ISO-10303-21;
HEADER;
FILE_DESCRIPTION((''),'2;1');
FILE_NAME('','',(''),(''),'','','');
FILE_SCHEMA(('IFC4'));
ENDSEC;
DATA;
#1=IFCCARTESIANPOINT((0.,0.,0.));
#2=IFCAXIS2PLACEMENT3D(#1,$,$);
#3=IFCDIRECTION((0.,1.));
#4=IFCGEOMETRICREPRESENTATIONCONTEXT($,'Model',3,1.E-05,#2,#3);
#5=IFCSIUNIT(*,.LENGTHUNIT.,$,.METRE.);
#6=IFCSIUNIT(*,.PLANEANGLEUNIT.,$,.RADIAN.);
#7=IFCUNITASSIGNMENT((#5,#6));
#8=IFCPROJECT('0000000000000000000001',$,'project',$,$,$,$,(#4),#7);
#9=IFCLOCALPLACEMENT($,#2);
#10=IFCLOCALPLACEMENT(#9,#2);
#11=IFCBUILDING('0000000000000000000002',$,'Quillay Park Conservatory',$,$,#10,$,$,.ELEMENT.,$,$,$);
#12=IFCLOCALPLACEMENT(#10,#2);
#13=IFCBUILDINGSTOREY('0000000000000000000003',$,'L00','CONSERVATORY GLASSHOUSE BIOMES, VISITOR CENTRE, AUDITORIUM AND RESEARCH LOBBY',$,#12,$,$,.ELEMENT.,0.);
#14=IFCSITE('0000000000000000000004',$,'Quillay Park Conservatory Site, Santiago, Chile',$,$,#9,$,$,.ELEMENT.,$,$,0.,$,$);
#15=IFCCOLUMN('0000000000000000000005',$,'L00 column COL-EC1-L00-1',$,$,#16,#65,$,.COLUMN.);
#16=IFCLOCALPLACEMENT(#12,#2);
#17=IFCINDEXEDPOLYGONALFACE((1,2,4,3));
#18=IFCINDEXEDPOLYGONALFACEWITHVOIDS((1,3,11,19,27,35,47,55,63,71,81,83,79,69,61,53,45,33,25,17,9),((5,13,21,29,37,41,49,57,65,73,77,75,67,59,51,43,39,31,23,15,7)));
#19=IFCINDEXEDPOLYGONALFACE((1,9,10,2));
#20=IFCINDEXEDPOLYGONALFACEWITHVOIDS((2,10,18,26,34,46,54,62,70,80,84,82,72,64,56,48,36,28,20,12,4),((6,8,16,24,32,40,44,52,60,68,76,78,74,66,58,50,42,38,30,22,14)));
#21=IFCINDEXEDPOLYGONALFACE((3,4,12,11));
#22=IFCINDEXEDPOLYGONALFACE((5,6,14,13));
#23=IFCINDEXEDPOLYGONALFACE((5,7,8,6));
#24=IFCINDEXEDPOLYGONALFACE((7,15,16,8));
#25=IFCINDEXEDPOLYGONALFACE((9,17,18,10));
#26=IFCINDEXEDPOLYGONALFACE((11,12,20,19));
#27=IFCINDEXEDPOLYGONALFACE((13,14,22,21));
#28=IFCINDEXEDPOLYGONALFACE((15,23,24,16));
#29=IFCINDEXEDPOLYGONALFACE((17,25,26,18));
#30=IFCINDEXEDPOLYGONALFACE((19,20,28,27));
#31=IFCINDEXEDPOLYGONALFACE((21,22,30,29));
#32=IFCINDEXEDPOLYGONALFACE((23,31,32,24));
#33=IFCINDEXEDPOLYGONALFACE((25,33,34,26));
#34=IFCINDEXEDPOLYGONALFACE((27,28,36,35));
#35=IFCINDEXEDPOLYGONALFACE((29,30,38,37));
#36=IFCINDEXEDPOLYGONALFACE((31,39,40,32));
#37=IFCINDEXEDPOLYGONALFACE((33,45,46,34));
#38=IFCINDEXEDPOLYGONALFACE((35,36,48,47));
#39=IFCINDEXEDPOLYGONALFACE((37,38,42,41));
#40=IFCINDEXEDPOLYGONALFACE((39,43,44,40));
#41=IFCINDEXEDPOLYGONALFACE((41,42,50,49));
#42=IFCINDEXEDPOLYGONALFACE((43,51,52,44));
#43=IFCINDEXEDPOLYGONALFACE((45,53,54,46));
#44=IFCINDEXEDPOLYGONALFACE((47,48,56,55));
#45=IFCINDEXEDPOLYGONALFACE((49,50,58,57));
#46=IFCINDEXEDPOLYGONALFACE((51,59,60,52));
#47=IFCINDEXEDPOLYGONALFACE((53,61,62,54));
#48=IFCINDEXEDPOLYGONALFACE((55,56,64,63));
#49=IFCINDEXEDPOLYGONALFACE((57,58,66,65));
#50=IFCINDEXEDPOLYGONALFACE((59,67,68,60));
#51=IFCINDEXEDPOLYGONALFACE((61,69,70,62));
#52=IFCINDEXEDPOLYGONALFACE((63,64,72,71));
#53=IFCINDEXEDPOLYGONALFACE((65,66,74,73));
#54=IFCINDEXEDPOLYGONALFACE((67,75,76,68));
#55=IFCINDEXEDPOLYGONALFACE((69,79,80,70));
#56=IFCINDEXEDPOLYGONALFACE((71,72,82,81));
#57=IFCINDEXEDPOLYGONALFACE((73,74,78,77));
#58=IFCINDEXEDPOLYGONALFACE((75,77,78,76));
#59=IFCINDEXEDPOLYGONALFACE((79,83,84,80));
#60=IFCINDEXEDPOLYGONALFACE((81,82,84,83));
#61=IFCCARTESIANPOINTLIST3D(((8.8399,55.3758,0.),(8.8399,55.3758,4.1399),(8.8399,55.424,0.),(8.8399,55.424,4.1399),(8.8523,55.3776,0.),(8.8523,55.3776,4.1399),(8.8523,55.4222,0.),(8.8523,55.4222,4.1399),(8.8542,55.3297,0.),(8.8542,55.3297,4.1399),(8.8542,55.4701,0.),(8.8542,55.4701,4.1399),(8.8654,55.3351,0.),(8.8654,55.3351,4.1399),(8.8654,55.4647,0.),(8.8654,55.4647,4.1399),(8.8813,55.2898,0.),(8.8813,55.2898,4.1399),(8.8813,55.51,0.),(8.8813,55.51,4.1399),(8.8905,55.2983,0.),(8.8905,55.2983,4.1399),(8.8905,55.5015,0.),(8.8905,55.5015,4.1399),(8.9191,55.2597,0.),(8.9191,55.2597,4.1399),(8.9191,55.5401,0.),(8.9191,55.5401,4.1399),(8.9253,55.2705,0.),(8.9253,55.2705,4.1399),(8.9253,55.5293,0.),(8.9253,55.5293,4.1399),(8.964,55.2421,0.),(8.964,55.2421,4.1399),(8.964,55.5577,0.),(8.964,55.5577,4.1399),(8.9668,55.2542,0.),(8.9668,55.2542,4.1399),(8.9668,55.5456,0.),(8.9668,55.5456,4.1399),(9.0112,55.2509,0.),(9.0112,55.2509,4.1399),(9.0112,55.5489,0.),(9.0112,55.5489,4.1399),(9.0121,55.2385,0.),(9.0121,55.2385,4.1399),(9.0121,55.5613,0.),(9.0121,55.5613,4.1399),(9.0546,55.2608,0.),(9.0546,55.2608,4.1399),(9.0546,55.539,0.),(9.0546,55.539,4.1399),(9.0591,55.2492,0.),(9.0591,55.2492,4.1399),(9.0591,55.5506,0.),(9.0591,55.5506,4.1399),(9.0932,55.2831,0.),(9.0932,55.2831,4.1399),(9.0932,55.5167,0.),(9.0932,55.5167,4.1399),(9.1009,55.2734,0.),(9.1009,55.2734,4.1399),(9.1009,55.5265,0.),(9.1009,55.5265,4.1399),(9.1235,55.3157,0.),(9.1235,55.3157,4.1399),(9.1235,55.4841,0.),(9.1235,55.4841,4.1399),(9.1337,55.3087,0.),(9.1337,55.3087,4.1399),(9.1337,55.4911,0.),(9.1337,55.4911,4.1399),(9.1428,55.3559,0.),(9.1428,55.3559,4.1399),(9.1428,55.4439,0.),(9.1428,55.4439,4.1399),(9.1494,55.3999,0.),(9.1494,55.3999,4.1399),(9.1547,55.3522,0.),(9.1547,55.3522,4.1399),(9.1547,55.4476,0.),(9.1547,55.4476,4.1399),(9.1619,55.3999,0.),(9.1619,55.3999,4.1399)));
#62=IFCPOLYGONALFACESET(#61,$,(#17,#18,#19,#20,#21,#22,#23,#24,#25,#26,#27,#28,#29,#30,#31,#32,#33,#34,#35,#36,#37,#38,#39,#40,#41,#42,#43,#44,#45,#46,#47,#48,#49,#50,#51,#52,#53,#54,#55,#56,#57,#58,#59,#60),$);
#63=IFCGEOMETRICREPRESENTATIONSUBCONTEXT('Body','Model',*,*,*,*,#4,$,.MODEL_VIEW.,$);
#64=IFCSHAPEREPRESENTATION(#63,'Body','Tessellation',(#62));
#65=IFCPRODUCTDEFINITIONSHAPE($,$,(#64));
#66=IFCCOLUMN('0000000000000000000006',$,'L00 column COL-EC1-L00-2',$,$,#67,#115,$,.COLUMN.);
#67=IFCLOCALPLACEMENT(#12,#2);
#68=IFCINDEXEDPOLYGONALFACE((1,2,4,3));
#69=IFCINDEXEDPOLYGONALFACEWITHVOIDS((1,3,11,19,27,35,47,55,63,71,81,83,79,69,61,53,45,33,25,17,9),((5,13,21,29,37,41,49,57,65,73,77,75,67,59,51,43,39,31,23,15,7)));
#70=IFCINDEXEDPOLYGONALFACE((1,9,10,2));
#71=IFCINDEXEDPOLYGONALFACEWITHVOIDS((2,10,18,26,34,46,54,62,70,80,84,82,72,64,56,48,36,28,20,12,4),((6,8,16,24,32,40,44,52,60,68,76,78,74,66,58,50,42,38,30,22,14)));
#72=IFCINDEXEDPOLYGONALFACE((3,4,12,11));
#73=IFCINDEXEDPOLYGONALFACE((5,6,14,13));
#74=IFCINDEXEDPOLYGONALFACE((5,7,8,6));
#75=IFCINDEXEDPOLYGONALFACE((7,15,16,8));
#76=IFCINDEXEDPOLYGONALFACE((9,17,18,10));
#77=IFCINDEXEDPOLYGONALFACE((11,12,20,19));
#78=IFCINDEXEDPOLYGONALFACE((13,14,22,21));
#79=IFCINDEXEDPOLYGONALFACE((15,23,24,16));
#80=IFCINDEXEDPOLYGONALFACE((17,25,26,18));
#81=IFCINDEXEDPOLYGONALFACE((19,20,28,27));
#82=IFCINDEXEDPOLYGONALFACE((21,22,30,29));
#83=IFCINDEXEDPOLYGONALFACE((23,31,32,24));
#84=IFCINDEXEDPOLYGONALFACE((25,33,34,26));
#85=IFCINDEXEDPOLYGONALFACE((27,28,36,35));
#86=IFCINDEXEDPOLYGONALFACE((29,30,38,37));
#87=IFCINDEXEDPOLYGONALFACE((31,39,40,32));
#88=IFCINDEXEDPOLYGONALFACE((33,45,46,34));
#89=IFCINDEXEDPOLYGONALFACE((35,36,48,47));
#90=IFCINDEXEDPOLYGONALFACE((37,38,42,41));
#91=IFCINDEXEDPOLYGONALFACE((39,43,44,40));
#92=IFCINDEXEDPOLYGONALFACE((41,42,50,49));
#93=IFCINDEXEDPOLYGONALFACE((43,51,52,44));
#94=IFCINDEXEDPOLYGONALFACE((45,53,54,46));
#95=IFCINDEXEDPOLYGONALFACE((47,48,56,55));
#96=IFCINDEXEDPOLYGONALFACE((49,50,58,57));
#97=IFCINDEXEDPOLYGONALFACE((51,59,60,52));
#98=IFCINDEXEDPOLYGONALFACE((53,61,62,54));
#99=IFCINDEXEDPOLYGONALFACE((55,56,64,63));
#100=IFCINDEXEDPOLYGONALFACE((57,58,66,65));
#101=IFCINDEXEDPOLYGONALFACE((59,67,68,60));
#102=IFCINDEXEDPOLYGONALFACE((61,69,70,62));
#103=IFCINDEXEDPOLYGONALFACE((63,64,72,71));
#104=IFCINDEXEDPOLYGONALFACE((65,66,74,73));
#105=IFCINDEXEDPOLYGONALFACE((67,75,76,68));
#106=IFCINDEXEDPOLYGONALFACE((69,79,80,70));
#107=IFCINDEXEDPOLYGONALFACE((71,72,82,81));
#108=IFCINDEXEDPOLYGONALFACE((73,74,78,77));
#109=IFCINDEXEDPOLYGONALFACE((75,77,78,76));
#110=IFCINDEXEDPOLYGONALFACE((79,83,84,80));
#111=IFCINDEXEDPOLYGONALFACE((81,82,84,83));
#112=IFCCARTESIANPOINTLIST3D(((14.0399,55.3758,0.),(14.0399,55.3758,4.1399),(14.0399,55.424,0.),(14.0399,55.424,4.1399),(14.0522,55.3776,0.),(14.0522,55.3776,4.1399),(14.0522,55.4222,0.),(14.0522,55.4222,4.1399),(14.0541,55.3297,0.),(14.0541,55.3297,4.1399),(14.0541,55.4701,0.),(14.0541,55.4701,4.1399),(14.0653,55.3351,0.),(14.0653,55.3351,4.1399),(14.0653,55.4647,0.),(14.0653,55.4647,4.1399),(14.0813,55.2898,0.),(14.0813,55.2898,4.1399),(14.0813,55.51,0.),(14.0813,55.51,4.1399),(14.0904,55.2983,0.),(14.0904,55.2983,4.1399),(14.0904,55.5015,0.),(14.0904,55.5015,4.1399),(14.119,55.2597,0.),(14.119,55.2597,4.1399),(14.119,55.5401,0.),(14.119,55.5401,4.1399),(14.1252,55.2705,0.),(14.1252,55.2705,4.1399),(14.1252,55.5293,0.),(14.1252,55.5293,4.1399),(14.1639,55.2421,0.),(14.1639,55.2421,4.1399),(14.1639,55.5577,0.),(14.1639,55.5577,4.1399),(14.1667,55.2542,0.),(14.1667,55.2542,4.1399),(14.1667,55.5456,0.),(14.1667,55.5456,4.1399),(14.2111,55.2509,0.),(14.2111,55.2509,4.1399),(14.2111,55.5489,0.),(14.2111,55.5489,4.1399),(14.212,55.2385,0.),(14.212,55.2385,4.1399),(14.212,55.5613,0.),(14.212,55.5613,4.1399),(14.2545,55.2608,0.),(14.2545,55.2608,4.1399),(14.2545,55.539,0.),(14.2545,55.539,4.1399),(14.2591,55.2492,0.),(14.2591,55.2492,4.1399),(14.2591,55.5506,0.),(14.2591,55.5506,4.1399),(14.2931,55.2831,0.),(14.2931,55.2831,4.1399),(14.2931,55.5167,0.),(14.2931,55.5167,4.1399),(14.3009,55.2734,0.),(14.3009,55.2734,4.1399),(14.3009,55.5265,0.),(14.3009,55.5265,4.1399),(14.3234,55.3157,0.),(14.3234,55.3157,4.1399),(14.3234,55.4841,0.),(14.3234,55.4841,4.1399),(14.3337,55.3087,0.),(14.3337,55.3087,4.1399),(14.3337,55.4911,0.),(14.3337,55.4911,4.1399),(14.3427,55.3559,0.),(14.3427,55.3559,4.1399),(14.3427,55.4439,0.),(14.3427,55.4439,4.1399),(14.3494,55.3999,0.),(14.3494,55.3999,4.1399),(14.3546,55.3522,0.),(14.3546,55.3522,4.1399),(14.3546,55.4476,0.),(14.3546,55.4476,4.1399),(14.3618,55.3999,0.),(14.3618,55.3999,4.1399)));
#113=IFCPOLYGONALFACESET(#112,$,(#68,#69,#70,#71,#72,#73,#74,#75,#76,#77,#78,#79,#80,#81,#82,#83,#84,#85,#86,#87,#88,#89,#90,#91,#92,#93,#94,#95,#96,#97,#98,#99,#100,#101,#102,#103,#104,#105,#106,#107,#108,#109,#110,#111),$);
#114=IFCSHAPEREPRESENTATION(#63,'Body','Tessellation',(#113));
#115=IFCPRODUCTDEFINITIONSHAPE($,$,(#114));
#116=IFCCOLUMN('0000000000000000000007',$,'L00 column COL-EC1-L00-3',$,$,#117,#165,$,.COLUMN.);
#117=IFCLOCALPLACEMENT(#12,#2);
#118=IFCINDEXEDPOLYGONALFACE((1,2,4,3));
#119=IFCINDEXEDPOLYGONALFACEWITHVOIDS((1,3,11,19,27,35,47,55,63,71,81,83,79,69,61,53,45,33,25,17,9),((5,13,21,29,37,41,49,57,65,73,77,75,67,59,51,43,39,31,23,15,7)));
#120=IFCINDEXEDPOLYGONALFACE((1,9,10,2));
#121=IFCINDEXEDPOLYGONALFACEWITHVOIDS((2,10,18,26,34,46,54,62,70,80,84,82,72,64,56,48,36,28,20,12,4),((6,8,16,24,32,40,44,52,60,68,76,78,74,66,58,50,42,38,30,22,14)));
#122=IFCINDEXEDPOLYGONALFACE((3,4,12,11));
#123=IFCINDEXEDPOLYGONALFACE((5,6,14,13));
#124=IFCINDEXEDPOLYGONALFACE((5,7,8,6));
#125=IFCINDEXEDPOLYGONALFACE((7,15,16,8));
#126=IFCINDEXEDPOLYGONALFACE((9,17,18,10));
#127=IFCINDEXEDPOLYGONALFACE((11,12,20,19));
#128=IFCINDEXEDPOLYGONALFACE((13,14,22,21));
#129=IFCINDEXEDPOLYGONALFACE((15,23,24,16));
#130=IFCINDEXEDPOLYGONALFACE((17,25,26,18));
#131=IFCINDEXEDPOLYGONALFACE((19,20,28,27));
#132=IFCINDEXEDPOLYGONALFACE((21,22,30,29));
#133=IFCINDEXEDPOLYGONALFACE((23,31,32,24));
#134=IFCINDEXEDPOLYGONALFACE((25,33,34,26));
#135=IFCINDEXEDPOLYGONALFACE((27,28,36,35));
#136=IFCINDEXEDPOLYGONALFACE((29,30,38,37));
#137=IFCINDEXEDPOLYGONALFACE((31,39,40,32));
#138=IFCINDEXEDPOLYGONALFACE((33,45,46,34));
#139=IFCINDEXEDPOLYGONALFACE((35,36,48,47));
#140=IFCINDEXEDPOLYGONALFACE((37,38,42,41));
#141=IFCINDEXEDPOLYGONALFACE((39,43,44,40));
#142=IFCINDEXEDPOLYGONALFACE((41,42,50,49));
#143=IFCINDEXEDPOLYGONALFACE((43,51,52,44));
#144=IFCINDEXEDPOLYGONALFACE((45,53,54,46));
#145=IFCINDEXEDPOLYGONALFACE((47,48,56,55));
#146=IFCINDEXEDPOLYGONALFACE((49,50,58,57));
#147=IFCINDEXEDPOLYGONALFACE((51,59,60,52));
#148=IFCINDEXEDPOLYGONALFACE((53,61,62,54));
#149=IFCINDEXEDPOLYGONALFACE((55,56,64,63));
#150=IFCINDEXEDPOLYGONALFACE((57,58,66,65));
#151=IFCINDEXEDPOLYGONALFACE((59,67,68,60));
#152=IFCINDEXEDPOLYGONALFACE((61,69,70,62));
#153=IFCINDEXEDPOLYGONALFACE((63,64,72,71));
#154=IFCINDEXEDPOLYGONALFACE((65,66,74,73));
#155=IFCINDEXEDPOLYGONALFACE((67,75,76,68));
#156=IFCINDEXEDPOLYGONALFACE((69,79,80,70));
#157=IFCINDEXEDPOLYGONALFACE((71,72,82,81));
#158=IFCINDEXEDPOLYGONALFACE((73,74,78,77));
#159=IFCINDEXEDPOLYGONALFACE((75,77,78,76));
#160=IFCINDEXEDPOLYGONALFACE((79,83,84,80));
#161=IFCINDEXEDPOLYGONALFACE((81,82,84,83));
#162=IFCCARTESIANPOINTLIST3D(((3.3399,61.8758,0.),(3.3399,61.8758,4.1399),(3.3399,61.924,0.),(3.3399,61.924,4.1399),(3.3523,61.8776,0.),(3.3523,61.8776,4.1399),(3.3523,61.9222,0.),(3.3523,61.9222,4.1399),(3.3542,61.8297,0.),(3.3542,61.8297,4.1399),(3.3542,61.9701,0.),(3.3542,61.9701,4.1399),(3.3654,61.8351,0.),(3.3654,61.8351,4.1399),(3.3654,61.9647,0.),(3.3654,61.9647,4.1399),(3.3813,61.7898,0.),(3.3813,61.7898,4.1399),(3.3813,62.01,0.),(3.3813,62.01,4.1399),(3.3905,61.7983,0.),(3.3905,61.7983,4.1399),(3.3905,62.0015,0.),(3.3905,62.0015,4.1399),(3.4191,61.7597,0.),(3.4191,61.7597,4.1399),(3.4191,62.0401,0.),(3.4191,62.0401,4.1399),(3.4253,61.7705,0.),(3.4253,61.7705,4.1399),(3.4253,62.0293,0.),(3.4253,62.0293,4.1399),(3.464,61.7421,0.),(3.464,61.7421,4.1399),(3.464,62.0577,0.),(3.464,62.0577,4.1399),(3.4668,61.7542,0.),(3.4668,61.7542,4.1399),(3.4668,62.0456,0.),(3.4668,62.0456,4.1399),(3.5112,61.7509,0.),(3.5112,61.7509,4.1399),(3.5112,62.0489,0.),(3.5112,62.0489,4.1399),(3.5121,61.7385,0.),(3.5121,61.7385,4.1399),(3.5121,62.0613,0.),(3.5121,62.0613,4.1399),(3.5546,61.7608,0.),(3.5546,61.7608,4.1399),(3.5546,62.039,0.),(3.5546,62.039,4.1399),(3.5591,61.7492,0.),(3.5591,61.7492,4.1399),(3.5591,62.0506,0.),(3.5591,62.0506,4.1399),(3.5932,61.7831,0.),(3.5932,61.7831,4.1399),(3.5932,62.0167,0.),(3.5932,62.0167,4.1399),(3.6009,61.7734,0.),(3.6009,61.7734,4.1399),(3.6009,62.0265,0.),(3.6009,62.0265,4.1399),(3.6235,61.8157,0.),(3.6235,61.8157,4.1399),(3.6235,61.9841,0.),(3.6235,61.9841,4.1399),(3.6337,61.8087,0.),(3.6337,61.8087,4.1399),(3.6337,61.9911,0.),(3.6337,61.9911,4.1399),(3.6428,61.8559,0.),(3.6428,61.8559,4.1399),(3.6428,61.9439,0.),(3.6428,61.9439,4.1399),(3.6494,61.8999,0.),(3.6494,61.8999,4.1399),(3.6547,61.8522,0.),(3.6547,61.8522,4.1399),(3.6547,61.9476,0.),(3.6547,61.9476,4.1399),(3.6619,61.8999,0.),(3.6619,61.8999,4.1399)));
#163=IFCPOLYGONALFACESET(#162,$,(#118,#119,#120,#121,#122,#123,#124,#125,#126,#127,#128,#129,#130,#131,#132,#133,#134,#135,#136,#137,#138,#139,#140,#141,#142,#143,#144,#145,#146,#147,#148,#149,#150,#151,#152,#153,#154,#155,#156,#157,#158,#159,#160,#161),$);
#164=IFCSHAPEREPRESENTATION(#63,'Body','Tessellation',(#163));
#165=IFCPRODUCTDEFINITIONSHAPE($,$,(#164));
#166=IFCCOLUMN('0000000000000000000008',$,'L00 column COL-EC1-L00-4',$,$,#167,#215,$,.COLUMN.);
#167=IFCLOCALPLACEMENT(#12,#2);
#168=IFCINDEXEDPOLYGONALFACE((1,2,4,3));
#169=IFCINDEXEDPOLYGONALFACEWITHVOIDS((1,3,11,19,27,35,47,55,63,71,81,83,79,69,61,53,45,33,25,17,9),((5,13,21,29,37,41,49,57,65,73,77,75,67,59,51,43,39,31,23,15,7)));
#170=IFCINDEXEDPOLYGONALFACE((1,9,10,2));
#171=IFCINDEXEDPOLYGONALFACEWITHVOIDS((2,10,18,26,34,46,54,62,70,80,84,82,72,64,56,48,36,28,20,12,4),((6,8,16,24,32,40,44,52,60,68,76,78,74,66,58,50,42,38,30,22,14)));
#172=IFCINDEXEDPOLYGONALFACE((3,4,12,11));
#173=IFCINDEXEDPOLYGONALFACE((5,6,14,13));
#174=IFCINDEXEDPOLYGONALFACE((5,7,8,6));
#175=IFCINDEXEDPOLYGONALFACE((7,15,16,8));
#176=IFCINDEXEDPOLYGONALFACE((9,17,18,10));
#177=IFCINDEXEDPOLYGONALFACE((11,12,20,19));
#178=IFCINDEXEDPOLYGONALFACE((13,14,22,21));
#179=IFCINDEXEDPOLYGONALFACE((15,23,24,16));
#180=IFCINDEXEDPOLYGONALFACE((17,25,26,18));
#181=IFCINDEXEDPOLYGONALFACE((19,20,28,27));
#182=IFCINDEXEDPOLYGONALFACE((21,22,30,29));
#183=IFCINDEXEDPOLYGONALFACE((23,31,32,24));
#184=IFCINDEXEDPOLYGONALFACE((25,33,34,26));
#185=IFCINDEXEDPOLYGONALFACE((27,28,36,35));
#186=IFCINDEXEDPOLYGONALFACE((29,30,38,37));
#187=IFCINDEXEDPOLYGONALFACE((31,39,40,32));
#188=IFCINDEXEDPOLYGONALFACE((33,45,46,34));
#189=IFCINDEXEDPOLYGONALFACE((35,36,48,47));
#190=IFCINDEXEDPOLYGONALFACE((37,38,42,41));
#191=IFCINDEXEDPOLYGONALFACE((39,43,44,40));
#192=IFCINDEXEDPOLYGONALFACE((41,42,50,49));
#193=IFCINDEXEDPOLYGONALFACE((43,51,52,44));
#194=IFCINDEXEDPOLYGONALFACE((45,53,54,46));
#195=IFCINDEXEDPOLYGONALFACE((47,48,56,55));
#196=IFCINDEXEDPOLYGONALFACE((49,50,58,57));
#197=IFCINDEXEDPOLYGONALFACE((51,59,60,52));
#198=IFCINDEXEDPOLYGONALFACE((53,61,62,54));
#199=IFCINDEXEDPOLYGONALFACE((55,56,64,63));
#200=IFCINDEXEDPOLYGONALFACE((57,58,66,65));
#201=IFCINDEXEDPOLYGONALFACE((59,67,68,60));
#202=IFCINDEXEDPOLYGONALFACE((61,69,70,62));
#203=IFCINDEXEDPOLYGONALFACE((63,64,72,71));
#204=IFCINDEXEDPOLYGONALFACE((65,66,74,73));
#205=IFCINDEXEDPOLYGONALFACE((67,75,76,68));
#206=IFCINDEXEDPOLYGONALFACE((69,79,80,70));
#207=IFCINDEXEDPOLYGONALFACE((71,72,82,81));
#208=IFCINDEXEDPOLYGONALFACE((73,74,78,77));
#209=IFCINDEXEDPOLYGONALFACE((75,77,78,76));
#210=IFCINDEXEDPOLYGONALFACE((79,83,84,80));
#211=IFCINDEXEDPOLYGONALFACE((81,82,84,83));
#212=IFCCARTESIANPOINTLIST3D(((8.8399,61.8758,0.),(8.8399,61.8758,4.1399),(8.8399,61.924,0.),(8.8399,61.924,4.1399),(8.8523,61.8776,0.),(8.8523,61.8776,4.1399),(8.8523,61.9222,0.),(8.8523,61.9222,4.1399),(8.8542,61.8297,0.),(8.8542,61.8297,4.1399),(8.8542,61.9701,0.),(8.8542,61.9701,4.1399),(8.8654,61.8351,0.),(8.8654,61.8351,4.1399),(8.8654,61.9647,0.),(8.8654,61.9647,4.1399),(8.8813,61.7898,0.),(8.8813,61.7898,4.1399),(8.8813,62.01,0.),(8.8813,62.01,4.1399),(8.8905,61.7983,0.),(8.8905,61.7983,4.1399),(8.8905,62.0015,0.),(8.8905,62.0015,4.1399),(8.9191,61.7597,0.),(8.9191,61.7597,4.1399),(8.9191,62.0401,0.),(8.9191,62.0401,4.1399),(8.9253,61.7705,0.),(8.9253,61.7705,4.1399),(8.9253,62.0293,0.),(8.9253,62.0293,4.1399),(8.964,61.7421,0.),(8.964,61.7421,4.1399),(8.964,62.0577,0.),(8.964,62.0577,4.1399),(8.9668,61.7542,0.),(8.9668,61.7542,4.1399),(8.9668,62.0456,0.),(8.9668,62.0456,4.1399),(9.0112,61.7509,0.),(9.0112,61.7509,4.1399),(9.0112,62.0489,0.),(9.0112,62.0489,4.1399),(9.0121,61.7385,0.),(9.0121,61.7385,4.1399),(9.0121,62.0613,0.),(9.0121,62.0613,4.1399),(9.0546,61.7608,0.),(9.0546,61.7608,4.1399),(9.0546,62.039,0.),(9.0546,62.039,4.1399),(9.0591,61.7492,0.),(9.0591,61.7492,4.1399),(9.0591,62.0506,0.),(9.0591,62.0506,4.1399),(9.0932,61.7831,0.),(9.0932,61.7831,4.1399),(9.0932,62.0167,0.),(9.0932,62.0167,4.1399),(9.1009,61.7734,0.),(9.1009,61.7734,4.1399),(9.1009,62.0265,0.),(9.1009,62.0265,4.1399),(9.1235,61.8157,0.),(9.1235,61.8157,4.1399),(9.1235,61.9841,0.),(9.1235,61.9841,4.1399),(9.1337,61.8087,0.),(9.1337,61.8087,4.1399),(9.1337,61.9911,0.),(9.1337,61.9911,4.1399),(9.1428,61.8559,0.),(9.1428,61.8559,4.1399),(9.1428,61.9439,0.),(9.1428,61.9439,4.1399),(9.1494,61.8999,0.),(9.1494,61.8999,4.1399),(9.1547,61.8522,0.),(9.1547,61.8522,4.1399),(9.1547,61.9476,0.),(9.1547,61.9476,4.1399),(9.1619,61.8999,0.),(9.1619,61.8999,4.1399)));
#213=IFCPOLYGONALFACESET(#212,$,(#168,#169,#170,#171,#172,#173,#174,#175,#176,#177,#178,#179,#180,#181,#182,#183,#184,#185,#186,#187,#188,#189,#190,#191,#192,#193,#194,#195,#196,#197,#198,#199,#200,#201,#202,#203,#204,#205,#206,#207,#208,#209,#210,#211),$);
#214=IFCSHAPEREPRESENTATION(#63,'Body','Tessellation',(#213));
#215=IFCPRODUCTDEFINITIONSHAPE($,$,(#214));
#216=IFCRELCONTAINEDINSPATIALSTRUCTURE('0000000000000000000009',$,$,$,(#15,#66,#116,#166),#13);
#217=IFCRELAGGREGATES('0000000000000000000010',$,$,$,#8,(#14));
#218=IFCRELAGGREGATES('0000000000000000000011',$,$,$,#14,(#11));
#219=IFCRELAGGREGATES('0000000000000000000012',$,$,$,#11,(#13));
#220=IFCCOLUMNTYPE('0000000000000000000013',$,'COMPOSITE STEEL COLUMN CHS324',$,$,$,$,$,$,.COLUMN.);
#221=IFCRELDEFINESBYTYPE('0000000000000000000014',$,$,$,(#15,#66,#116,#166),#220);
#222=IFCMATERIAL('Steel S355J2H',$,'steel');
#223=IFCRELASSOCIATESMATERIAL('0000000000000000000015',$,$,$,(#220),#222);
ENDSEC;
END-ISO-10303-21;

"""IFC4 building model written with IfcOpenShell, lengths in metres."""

from ifc_helpers import new_model, si_unit, direction, frame, origin, origin_2d, place, context, subcontext, project, spatial, hollow_circle, extrude, material, material_profile, profile_set, type_object, element, save


model = new_model("IFC4")

# Units and contexts
model_context = context("Model", 3, precision=1e-05, world=origin(), true_north=direction((0.0, 1.0)))
body_context = subcontext(model_context, "Body", "Model", "MODEL_VIEW")
ifc_project = project(units=[si_unit("LENGTHUNIT", "METRE"), si_unit("PLANEANGLEUNIT", "RADIAN")], contexts=[model_context])

# Site, building, storey
site_placement = place(None, origin())
site = spatial("IfcSite", under=ifc_project, at=site_placement, Name="Quillay Park Conservatory Site, Santiago, Chile", CompositionType="ELEMENT", RefElevation=0.0)
building_placement = place(site_placement, origin())
building = spatial("IfcBuilding", under=site, at=building_placement, Name="Quillay Park Conservatory", CompositionType="ELEMENT")
storey_placement = place(building_placement, origin())
storey = spatial("IfcBuildingStorey", under=building, at=storey_placement, Name="L00", Description="CONSERVATORY GLASSHOUSE BIOMES, VISITOR CENTRE, AUDITORIUM AND RESEARCH LOBBY", CompositionType="ELEMENT", Elevation=0.0)

# Columns
ifc_material_1 = material(Name="Steel S355J2H", Category="steel")
ifc_material_profile_1 = material_profile(ifc_material_1, hollow_circle(Radius=0.1619, WallThickness=0.0125, at=origin_2d()), Name="CHS323.9x12.5")
ifc_profile_set_1 = profile_set([ifc_material_profile_1], Name="Steel S355J2H")
column_type_1 = type_object("IfcColumnType", Name="COMPOSITE STEEL COLUMN CHS324", PredefinedType="COLUMN", material=ifc_profile_set_1)
for number, where, z_axis, x_axis, name in (
    (1, (9.0, 55.3999, 0.0), (0.0, 0.0, 1.0), (1.0, 0.0, 0.0), "L00 column COL-EC1-L00-1"),
    (2, (14.2, 55.3999, 0.0), (0.0, 0.0, 1.0), (1.0, 0.0, 0.0), "L00 column COL-EC1-L00-2"),
    (3, (3.5, 61.8999, 0.0), (0.0, 0.0, 1.0), (1.0, 0.0, 0.0), "L00 column COL-EC1-L00-3"),
    (4, (9.0, 61.8999, 0.0), (0.0, 0.0, 1.0), (1.0, 0.0, 0.0), "L00 column COL-EC1-L00-4"),
):
    element("IfcColumn", number, at=place(storey_placement, frame(where, z_axis=z_axis, x_axis=x_axis)), inside=storey, type_object=column_type_1, Name=name, PredefinedType="COLUMN", context=body_context, shape_type="SweptSolid", body=[
        extrude(hollow_circle(Radius=0.1619, WallThickness=0.0125, at=origin_2d()), origin(), (0.0, 0.0, 1.0), 4.1399),
    ])

save(model, "model.ifc")
